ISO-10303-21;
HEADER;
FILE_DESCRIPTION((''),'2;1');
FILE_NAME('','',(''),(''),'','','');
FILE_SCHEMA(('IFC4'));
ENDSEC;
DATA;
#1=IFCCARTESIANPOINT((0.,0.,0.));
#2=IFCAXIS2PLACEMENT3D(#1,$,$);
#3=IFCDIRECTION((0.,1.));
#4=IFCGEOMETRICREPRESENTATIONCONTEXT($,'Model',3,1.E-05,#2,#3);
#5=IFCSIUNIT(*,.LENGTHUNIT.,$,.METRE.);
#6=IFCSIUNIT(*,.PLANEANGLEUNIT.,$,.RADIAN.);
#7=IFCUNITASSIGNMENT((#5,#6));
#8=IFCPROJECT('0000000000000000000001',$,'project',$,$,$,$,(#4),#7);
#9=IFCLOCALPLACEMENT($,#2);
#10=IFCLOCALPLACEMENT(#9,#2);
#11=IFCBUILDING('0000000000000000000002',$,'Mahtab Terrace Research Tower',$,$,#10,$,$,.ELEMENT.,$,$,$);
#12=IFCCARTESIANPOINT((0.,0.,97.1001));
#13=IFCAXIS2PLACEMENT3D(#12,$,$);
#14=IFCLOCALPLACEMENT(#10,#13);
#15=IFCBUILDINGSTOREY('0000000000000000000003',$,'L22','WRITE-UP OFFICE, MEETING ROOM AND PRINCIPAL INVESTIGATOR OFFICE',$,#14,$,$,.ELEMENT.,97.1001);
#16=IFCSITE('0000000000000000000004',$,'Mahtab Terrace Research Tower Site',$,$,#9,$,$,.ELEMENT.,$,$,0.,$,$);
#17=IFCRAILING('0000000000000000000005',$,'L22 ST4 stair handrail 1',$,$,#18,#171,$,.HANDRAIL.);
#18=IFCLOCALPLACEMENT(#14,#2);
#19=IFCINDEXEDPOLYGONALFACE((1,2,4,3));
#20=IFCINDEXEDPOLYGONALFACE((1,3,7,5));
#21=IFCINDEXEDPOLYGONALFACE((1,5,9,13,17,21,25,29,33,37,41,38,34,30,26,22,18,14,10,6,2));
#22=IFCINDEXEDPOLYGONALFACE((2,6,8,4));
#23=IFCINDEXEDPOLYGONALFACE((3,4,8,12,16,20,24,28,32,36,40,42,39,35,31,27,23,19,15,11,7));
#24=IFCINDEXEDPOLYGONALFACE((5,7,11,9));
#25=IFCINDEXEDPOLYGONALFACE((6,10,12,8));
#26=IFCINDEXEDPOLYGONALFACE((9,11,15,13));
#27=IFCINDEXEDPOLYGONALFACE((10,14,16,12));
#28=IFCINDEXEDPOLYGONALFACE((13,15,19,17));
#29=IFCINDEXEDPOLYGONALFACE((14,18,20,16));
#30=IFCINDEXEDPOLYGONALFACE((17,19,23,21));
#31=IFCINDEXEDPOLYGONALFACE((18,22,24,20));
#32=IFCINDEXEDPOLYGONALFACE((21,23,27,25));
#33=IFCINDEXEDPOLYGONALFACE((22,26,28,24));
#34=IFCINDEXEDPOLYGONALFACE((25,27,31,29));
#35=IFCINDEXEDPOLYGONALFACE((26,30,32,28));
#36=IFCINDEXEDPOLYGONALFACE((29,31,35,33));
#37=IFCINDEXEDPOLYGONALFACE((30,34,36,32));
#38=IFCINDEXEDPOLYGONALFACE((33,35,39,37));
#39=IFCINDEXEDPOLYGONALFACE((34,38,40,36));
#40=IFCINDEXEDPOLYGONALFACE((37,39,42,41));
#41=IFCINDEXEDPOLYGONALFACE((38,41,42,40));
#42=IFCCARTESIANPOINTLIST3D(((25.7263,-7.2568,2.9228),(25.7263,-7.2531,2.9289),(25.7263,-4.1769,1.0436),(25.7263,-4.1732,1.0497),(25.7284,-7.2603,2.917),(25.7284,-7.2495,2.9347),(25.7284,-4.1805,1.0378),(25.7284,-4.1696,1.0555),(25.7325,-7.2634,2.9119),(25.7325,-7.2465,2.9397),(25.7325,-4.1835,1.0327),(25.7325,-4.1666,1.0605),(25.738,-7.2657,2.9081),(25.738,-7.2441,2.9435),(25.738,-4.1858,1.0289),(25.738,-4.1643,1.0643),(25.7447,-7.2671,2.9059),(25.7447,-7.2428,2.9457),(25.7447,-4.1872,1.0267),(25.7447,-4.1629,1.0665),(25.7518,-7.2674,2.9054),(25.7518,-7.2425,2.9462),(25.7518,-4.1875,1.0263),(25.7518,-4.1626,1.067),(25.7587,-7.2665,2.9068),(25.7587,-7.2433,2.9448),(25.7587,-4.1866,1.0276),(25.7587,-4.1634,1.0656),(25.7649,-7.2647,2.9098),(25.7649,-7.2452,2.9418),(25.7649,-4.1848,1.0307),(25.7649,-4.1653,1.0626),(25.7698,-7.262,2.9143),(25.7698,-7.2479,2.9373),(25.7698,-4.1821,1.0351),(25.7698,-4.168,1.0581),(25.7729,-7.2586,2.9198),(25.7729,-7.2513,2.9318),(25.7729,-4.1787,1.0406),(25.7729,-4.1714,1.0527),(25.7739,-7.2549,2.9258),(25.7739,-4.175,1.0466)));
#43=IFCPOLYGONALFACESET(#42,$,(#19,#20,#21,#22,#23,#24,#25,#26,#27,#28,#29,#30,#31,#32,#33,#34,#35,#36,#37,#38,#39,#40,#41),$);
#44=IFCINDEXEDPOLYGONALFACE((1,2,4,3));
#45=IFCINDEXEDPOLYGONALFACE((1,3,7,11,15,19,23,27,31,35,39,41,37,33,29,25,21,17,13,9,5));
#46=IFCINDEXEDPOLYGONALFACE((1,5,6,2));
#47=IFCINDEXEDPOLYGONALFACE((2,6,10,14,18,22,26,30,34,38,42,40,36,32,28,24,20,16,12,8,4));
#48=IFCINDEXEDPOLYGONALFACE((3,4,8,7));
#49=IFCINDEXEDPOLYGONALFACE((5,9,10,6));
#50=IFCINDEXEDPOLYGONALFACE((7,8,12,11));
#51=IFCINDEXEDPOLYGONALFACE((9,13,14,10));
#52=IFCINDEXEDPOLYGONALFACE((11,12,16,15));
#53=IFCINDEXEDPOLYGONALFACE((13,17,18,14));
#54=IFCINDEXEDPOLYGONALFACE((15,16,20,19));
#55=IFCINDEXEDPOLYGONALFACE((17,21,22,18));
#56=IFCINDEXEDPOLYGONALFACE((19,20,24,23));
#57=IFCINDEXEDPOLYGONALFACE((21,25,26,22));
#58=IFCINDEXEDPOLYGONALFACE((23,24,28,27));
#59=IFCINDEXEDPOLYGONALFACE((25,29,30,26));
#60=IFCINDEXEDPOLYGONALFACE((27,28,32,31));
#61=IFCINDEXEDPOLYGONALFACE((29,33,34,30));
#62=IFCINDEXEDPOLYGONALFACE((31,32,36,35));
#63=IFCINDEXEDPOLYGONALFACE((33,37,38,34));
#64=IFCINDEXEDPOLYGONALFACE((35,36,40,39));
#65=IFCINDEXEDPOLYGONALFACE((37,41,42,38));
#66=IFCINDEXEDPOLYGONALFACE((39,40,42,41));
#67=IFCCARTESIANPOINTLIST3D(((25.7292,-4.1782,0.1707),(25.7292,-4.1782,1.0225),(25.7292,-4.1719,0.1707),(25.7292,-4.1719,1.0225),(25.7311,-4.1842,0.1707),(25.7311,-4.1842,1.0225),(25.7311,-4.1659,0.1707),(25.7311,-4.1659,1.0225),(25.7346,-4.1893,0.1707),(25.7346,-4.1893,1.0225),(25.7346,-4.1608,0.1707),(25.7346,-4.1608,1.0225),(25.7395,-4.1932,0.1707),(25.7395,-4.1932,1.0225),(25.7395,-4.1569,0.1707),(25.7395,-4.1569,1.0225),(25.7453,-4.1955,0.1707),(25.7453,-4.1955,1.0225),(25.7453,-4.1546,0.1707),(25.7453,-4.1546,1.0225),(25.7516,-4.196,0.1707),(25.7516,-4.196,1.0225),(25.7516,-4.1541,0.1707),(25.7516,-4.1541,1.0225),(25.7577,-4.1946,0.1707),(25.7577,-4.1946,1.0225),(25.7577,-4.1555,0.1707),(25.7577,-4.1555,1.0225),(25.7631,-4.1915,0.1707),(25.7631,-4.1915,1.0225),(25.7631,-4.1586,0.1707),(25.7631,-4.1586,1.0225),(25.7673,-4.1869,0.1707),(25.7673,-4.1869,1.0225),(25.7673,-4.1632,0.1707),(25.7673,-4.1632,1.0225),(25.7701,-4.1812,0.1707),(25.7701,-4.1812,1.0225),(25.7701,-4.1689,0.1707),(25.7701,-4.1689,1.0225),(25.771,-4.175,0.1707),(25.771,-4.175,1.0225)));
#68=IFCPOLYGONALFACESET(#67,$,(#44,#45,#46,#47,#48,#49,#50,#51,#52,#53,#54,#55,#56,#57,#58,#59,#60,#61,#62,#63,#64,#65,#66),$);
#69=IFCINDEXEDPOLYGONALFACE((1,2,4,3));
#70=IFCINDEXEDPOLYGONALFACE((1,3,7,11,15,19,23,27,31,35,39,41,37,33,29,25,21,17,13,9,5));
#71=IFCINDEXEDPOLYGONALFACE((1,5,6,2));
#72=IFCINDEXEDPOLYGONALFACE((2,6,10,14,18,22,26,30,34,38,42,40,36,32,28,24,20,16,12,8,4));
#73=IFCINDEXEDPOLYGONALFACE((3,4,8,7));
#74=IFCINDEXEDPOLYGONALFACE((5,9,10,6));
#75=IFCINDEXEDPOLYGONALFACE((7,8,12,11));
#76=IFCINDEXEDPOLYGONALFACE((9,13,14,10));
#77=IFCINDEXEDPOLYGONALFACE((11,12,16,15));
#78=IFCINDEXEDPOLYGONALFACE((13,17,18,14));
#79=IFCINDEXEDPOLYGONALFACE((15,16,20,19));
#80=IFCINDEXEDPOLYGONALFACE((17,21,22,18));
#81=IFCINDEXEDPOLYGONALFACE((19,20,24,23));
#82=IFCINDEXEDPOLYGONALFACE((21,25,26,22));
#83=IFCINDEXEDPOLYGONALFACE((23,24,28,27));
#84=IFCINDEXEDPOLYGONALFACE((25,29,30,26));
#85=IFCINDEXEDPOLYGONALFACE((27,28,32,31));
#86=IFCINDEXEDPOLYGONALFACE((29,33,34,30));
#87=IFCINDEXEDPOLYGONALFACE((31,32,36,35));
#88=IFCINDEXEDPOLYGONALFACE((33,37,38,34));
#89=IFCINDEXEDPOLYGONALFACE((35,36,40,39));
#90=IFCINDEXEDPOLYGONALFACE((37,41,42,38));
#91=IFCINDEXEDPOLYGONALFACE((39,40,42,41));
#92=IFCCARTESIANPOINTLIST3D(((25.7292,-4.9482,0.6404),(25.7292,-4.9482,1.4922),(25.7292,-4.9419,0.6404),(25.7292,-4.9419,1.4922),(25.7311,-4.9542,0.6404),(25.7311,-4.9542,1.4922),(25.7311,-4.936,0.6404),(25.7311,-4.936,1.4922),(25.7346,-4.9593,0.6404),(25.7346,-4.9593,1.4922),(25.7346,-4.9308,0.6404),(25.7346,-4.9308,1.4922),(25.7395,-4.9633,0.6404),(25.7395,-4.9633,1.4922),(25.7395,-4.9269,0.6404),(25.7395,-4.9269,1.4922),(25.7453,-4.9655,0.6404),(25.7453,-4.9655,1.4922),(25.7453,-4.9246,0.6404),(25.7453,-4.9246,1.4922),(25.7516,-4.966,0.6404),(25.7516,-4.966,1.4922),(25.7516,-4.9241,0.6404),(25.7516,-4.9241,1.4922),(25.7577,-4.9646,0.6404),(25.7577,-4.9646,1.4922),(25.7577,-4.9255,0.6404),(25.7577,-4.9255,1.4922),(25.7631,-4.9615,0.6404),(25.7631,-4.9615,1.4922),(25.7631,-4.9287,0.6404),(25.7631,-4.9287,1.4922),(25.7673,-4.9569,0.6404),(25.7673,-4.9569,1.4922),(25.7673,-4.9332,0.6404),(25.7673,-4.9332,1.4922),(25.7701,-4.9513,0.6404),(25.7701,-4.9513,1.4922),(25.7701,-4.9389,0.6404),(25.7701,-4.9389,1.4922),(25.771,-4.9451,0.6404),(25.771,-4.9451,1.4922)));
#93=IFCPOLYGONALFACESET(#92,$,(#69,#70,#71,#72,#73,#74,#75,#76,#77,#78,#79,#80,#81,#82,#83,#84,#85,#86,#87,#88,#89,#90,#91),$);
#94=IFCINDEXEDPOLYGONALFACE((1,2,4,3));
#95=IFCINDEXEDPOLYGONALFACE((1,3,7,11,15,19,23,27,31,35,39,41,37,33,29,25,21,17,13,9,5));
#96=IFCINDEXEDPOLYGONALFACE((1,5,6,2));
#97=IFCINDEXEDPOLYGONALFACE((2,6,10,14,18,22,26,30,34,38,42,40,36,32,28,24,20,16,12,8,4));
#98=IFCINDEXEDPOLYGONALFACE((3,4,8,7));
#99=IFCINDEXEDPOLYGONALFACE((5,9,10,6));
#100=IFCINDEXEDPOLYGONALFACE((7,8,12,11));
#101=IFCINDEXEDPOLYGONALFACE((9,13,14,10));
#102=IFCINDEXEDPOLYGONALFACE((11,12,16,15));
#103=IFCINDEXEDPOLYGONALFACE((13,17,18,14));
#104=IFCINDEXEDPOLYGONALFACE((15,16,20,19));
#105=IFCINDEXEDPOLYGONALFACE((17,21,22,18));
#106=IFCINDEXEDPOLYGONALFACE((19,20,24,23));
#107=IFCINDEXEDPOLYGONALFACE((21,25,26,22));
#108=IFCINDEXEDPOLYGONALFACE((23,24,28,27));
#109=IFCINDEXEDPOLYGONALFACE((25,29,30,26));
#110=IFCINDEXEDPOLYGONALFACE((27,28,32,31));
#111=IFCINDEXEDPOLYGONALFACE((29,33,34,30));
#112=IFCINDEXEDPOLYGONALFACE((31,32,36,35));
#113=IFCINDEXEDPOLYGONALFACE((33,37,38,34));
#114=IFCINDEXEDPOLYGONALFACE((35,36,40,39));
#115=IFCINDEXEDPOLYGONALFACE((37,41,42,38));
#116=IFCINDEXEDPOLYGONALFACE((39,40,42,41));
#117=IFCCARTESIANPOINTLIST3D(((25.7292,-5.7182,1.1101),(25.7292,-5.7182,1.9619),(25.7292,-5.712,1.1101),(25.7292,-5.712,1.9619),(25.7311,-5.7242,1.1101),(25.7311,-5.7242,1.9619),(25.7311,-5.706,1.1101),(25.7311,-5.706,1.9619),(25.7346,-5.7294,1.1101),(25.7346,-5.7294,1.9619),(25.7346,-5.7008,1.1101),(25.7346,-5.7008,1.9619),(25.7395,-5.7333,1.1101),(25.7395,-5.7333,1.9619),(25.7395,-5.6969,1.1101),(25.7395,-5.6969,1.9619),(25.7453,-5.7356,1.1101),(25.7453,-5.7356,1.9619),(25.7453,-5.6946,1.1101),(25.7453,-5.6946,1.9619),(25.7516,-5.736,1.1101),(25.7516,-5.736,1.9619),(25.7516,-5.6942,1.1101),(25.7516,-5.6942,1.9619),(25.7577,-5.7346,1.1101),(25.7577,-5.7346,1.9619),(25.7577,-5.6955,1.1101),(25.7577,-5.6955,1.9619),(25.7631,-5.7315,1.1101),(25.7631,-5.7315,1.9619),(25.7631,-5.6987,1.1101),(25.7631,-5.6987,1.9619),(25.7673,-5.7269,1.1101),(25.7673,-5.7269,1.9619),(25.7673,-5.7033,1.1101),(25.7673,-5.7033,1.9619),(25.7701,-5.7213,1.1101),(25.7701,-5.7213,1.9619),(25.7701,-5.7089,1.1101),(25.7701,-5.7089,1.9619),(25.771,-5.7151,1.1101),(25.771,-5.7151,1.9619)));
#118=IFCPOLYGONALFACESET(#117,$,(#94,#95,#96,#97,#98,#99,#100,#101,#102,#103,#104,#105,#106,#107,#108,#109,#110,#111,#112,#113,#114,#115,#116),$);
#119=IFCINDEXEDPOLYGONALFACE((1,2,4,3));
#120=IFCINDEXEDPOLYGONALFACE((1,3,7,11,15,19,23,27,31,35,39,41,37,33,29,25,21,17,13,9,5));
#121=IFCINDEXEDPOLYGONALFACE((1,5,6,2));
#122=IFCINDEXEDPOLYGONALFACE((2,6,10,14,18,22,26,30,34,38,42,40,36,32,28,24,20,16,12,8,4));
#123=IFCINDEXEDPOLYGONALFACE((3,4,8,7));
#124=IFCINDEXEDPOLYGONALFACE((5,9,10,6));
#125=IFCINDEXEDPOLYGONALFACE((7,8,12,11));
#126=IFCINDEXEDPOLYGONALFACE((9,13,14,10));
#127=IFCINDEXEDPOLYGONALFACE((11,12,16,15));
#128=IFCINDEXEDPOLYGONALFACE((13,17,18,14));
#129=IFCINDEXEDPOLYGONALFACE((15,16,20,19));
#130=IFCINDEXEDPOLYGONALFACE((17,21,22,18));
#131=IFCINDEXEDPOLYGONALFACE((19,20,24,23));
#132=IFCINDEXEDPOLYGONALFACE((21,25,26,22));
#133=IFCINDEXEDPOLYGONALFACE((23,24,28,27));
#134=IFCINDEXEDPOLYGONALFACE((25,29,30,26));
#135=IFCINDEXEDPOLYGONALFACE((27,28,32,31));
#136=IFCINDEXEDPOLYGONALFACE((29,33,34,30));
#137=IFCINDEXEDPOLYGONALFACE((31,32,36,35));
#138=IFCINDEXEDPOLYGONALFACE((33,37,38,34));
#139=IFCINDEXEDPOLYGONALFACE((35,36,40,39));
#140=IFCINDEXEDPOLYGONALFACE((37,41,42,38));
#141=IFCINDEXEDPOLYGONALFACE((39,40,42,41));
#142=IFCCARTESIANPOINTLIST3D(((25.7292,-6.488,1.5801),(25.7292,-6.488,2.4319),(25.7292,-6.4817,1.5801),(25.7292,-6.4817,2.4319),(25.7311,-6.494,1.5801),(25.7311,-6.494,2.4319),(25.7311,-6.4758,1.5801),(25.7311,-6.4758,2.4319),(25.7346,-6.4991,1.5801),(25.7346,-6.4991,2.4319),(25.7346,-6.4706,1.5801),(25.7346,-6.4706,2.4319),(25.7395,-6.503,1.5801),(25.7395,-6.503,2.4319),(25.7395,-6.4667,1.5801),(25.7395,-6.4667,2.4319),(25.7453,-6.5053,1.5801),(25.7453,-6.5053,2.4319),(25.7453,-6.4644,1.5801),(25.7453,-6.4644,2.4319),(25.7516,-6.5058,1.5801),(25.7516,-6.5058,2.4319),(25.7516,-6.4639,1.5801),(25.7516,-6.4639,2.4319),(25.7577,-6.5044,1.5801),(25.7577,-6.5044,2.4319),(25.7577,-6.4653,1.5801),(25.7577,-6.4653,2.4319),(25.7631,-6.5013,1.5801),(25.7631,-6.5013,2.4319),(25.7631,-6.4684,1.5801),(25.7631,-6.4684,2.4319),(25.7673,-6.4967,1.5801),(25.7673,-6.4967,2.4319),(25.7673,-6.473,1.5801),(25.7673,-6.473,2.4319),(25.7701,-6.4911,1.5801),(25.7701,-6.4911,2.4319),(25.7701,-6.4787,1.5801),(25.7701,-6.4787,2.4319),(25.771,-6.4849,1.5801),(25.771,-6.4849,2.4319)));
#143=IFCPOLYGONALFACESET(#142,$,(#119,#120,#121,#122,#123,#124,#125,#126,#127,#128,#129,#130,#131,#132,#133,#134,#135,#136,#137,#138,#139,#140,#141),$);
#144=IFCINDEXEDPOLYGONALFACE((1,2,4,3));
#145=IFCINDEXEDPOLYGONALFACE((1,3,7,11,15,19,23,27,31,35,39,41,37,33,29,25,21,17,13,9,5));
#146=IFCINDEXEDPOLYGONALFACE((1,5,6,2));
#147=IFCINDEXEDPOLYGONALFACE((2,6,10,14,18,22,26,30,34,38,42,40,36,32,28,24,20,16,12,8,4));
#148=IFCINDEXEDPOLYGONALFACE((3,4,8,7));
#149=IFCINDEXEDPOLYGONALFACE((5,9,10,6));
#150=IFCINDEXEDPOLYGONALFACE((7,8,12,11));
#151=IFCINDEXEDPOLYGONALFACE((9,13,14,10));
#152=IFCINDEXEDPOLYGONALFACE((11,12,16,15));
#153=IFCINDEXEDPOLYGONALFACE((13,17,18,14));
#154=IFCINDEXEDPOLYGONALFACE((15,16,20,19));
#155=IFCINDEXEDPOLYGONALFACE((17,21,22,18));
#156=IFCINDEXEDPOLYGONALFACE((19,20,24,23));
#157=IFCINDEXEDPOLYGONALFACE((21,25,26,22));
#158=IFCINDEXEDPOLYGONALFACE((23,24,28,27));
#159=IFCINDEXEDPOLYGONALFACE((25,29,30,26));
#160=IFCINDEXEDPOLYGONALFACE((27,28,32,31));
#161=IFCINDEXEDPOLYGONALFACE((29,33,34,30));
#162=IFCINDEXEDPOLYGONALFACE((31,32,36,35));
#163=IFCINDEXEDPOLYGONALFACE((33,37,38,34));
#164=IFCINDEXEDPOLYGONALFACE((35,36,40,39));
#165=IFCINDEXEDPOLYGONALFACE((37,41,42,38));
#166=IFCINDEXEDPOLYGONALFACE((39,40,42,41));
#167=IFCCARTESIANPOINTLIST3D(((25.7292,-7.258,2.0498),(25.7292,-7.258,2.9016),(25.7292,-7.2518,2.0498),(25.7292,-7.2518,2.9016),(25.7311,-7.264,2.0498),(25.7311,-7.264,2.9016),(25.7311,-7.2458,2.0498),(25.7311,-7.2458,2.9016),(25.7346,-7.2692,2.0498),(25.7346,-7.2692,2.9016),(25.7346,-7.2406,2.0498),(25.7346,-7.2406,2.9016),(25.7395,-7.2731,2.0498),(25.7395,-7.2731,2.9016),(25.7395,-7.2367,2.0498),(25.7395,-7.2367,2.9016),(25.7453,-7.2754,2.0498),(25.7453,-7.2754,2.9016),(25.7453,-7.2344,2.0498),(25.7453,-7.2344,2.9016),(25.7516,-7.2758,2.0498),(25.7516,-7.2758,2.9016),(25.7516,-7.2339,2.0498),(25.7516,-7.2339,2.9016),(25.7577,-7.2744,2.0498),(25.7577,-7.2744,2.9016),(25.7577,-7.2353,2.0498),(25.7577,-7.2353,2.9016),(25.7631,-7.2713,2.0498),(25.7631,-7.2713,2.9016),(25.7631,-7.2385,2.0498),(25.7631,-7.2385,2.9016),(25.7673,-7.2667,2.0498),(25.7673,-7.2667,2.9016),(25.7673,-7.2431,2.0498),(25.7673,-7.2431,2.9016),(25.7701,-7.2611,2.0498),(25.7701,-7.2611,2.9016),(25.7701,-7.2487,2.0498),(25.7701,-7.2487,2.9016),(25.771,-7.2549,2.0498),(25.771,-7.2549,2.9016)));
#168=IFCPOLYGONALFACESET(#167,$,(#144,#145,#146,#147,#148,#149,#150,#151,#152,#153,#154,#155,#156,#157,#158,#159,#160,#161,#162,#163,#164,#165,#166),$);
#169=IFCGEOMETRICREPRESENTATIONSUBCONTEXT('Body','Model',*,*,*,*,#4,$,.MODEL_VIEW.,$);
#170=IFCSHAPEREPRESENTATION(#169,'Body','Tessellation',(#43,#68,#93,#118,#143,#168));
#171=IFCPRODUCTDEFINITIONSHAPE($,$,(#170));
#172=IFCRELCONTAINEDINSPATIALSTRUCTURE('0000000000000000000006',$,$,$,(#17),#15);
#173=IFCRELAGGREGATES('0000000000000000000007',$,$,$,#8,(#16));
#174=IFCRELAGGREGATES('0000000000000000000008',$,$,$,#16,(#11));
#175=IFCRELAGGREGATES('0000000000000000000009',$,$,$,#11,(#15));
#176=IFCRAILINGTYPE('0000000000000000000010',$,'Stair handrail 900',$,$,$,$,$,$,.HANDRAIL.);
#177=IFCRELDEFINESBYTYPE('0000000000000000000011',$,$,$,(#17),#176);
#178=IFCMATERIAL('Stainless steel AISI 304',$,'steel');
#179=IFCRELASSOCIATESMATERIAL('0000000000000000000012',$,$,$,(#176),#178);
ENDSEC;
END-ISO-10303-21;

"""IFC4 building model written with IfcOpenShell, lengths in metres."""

from ifc_helpers import new_model, si_unit, direction, frame, origin, origin_2d, place, context, subcontext, project, spatial, circle, extrude, material, type_object, element, save


model = new_model("IFC4")

# Units and contexts
model_context = context("Model", 3, precision=1e-05, world=origin(), true_north=direction((0.0, 1.0)))
body_context = subcontext(model_context, "Body", "Model", "MODEL_VIEW")
ifc_project = project(units=[si_unit("LENGTHUNIT", "METRE"), si_unit("PLANEANGLEUNIT", "RADIAN")], contexts=[model_context])

# Site, building, storey
site_placement = place(None, origin())
site = spatial("IfcSite", under=ifc_project, at=site_placement, Name="Mahtab Terrace Research Tower Site", CompositionType="ELEMENT", RefElevation=0.0)
building_placement = place(site_placement, origin())
building = spatial("IfcBuilding", under=site, at=building_placement, Name="Mahtab Terrace Research Tower", CompositionType="ELEMENT")
storey_placement = place(building_placement, frame((0.0, 0.0, 97.1001)))
storey = spatial("IfcBuildingStorey", under=building, at=storey_placement, Name="L22", Description="WRITE-UP OFFICE, MEETING ROOM AND PRINCIPAL INVESTIGATOR OFFICE", CompositionType="ELEMENT", Elevation=97.1001)

# Shared definitions
ifc_material_1 = material(Name="Stainless steel AISI 304", Category="steel")

# Railing
railing_type_1 = type_object("IfcRailingType", Name="Stair handrail 900", PredefinedType="HANDRAIL", material=ifc_material_1)
railing_1_placement = place(storey_placement, frame((25.75, -4.175, 0.1707)))
element("IfcRailing", 1, at=railing_1_placement, inside=storey, type_object=railing_type_1, Name="L22 ST4 stair handrail 1", PredefinedType="HANDRAIL", context=body_context, shape_type="SweptSolid", body=[
    extrude(circle(Radius=0.0239, at=origin_2d()), frame((0.0, 0.0, 0.876), z_axis=(0.0, -0.853648, 0.52085), x_axis=(1.0, 0.0, 0.0)), (0.0, 0.0, 1.0), 3.6079),
    extrude(circle(Radius=0.021, at=origin_2d()), origin(), (0.0, 0.0, 1.0), 0.8518),
    extrude(circle(Radius=0.021, at=origin_2d()), frame((0.0, -0.77, 0.4697)), (0.0, 0.0, 1.0), 0.8518),
    extrude(circle(Radius=0.021, at=origin_2d()), frame((0.0, -1.54, 0.9395)), (0.0, 0.0, 1.0), 0.8518),
    extrude(circle(Radius=0.021, at=origin_2d()), frame((0.0, -2.3098, 1.4094)), (0.0, 0.0, 1.0), 0.8518),
    extrude(circle(Radius=0.021, at=origin_2d()), frame((0.0, -3.0798, 1.8792)), (0.0, 0.0, 1.0), 0.8518),
])

save(model, "model.ifc")
